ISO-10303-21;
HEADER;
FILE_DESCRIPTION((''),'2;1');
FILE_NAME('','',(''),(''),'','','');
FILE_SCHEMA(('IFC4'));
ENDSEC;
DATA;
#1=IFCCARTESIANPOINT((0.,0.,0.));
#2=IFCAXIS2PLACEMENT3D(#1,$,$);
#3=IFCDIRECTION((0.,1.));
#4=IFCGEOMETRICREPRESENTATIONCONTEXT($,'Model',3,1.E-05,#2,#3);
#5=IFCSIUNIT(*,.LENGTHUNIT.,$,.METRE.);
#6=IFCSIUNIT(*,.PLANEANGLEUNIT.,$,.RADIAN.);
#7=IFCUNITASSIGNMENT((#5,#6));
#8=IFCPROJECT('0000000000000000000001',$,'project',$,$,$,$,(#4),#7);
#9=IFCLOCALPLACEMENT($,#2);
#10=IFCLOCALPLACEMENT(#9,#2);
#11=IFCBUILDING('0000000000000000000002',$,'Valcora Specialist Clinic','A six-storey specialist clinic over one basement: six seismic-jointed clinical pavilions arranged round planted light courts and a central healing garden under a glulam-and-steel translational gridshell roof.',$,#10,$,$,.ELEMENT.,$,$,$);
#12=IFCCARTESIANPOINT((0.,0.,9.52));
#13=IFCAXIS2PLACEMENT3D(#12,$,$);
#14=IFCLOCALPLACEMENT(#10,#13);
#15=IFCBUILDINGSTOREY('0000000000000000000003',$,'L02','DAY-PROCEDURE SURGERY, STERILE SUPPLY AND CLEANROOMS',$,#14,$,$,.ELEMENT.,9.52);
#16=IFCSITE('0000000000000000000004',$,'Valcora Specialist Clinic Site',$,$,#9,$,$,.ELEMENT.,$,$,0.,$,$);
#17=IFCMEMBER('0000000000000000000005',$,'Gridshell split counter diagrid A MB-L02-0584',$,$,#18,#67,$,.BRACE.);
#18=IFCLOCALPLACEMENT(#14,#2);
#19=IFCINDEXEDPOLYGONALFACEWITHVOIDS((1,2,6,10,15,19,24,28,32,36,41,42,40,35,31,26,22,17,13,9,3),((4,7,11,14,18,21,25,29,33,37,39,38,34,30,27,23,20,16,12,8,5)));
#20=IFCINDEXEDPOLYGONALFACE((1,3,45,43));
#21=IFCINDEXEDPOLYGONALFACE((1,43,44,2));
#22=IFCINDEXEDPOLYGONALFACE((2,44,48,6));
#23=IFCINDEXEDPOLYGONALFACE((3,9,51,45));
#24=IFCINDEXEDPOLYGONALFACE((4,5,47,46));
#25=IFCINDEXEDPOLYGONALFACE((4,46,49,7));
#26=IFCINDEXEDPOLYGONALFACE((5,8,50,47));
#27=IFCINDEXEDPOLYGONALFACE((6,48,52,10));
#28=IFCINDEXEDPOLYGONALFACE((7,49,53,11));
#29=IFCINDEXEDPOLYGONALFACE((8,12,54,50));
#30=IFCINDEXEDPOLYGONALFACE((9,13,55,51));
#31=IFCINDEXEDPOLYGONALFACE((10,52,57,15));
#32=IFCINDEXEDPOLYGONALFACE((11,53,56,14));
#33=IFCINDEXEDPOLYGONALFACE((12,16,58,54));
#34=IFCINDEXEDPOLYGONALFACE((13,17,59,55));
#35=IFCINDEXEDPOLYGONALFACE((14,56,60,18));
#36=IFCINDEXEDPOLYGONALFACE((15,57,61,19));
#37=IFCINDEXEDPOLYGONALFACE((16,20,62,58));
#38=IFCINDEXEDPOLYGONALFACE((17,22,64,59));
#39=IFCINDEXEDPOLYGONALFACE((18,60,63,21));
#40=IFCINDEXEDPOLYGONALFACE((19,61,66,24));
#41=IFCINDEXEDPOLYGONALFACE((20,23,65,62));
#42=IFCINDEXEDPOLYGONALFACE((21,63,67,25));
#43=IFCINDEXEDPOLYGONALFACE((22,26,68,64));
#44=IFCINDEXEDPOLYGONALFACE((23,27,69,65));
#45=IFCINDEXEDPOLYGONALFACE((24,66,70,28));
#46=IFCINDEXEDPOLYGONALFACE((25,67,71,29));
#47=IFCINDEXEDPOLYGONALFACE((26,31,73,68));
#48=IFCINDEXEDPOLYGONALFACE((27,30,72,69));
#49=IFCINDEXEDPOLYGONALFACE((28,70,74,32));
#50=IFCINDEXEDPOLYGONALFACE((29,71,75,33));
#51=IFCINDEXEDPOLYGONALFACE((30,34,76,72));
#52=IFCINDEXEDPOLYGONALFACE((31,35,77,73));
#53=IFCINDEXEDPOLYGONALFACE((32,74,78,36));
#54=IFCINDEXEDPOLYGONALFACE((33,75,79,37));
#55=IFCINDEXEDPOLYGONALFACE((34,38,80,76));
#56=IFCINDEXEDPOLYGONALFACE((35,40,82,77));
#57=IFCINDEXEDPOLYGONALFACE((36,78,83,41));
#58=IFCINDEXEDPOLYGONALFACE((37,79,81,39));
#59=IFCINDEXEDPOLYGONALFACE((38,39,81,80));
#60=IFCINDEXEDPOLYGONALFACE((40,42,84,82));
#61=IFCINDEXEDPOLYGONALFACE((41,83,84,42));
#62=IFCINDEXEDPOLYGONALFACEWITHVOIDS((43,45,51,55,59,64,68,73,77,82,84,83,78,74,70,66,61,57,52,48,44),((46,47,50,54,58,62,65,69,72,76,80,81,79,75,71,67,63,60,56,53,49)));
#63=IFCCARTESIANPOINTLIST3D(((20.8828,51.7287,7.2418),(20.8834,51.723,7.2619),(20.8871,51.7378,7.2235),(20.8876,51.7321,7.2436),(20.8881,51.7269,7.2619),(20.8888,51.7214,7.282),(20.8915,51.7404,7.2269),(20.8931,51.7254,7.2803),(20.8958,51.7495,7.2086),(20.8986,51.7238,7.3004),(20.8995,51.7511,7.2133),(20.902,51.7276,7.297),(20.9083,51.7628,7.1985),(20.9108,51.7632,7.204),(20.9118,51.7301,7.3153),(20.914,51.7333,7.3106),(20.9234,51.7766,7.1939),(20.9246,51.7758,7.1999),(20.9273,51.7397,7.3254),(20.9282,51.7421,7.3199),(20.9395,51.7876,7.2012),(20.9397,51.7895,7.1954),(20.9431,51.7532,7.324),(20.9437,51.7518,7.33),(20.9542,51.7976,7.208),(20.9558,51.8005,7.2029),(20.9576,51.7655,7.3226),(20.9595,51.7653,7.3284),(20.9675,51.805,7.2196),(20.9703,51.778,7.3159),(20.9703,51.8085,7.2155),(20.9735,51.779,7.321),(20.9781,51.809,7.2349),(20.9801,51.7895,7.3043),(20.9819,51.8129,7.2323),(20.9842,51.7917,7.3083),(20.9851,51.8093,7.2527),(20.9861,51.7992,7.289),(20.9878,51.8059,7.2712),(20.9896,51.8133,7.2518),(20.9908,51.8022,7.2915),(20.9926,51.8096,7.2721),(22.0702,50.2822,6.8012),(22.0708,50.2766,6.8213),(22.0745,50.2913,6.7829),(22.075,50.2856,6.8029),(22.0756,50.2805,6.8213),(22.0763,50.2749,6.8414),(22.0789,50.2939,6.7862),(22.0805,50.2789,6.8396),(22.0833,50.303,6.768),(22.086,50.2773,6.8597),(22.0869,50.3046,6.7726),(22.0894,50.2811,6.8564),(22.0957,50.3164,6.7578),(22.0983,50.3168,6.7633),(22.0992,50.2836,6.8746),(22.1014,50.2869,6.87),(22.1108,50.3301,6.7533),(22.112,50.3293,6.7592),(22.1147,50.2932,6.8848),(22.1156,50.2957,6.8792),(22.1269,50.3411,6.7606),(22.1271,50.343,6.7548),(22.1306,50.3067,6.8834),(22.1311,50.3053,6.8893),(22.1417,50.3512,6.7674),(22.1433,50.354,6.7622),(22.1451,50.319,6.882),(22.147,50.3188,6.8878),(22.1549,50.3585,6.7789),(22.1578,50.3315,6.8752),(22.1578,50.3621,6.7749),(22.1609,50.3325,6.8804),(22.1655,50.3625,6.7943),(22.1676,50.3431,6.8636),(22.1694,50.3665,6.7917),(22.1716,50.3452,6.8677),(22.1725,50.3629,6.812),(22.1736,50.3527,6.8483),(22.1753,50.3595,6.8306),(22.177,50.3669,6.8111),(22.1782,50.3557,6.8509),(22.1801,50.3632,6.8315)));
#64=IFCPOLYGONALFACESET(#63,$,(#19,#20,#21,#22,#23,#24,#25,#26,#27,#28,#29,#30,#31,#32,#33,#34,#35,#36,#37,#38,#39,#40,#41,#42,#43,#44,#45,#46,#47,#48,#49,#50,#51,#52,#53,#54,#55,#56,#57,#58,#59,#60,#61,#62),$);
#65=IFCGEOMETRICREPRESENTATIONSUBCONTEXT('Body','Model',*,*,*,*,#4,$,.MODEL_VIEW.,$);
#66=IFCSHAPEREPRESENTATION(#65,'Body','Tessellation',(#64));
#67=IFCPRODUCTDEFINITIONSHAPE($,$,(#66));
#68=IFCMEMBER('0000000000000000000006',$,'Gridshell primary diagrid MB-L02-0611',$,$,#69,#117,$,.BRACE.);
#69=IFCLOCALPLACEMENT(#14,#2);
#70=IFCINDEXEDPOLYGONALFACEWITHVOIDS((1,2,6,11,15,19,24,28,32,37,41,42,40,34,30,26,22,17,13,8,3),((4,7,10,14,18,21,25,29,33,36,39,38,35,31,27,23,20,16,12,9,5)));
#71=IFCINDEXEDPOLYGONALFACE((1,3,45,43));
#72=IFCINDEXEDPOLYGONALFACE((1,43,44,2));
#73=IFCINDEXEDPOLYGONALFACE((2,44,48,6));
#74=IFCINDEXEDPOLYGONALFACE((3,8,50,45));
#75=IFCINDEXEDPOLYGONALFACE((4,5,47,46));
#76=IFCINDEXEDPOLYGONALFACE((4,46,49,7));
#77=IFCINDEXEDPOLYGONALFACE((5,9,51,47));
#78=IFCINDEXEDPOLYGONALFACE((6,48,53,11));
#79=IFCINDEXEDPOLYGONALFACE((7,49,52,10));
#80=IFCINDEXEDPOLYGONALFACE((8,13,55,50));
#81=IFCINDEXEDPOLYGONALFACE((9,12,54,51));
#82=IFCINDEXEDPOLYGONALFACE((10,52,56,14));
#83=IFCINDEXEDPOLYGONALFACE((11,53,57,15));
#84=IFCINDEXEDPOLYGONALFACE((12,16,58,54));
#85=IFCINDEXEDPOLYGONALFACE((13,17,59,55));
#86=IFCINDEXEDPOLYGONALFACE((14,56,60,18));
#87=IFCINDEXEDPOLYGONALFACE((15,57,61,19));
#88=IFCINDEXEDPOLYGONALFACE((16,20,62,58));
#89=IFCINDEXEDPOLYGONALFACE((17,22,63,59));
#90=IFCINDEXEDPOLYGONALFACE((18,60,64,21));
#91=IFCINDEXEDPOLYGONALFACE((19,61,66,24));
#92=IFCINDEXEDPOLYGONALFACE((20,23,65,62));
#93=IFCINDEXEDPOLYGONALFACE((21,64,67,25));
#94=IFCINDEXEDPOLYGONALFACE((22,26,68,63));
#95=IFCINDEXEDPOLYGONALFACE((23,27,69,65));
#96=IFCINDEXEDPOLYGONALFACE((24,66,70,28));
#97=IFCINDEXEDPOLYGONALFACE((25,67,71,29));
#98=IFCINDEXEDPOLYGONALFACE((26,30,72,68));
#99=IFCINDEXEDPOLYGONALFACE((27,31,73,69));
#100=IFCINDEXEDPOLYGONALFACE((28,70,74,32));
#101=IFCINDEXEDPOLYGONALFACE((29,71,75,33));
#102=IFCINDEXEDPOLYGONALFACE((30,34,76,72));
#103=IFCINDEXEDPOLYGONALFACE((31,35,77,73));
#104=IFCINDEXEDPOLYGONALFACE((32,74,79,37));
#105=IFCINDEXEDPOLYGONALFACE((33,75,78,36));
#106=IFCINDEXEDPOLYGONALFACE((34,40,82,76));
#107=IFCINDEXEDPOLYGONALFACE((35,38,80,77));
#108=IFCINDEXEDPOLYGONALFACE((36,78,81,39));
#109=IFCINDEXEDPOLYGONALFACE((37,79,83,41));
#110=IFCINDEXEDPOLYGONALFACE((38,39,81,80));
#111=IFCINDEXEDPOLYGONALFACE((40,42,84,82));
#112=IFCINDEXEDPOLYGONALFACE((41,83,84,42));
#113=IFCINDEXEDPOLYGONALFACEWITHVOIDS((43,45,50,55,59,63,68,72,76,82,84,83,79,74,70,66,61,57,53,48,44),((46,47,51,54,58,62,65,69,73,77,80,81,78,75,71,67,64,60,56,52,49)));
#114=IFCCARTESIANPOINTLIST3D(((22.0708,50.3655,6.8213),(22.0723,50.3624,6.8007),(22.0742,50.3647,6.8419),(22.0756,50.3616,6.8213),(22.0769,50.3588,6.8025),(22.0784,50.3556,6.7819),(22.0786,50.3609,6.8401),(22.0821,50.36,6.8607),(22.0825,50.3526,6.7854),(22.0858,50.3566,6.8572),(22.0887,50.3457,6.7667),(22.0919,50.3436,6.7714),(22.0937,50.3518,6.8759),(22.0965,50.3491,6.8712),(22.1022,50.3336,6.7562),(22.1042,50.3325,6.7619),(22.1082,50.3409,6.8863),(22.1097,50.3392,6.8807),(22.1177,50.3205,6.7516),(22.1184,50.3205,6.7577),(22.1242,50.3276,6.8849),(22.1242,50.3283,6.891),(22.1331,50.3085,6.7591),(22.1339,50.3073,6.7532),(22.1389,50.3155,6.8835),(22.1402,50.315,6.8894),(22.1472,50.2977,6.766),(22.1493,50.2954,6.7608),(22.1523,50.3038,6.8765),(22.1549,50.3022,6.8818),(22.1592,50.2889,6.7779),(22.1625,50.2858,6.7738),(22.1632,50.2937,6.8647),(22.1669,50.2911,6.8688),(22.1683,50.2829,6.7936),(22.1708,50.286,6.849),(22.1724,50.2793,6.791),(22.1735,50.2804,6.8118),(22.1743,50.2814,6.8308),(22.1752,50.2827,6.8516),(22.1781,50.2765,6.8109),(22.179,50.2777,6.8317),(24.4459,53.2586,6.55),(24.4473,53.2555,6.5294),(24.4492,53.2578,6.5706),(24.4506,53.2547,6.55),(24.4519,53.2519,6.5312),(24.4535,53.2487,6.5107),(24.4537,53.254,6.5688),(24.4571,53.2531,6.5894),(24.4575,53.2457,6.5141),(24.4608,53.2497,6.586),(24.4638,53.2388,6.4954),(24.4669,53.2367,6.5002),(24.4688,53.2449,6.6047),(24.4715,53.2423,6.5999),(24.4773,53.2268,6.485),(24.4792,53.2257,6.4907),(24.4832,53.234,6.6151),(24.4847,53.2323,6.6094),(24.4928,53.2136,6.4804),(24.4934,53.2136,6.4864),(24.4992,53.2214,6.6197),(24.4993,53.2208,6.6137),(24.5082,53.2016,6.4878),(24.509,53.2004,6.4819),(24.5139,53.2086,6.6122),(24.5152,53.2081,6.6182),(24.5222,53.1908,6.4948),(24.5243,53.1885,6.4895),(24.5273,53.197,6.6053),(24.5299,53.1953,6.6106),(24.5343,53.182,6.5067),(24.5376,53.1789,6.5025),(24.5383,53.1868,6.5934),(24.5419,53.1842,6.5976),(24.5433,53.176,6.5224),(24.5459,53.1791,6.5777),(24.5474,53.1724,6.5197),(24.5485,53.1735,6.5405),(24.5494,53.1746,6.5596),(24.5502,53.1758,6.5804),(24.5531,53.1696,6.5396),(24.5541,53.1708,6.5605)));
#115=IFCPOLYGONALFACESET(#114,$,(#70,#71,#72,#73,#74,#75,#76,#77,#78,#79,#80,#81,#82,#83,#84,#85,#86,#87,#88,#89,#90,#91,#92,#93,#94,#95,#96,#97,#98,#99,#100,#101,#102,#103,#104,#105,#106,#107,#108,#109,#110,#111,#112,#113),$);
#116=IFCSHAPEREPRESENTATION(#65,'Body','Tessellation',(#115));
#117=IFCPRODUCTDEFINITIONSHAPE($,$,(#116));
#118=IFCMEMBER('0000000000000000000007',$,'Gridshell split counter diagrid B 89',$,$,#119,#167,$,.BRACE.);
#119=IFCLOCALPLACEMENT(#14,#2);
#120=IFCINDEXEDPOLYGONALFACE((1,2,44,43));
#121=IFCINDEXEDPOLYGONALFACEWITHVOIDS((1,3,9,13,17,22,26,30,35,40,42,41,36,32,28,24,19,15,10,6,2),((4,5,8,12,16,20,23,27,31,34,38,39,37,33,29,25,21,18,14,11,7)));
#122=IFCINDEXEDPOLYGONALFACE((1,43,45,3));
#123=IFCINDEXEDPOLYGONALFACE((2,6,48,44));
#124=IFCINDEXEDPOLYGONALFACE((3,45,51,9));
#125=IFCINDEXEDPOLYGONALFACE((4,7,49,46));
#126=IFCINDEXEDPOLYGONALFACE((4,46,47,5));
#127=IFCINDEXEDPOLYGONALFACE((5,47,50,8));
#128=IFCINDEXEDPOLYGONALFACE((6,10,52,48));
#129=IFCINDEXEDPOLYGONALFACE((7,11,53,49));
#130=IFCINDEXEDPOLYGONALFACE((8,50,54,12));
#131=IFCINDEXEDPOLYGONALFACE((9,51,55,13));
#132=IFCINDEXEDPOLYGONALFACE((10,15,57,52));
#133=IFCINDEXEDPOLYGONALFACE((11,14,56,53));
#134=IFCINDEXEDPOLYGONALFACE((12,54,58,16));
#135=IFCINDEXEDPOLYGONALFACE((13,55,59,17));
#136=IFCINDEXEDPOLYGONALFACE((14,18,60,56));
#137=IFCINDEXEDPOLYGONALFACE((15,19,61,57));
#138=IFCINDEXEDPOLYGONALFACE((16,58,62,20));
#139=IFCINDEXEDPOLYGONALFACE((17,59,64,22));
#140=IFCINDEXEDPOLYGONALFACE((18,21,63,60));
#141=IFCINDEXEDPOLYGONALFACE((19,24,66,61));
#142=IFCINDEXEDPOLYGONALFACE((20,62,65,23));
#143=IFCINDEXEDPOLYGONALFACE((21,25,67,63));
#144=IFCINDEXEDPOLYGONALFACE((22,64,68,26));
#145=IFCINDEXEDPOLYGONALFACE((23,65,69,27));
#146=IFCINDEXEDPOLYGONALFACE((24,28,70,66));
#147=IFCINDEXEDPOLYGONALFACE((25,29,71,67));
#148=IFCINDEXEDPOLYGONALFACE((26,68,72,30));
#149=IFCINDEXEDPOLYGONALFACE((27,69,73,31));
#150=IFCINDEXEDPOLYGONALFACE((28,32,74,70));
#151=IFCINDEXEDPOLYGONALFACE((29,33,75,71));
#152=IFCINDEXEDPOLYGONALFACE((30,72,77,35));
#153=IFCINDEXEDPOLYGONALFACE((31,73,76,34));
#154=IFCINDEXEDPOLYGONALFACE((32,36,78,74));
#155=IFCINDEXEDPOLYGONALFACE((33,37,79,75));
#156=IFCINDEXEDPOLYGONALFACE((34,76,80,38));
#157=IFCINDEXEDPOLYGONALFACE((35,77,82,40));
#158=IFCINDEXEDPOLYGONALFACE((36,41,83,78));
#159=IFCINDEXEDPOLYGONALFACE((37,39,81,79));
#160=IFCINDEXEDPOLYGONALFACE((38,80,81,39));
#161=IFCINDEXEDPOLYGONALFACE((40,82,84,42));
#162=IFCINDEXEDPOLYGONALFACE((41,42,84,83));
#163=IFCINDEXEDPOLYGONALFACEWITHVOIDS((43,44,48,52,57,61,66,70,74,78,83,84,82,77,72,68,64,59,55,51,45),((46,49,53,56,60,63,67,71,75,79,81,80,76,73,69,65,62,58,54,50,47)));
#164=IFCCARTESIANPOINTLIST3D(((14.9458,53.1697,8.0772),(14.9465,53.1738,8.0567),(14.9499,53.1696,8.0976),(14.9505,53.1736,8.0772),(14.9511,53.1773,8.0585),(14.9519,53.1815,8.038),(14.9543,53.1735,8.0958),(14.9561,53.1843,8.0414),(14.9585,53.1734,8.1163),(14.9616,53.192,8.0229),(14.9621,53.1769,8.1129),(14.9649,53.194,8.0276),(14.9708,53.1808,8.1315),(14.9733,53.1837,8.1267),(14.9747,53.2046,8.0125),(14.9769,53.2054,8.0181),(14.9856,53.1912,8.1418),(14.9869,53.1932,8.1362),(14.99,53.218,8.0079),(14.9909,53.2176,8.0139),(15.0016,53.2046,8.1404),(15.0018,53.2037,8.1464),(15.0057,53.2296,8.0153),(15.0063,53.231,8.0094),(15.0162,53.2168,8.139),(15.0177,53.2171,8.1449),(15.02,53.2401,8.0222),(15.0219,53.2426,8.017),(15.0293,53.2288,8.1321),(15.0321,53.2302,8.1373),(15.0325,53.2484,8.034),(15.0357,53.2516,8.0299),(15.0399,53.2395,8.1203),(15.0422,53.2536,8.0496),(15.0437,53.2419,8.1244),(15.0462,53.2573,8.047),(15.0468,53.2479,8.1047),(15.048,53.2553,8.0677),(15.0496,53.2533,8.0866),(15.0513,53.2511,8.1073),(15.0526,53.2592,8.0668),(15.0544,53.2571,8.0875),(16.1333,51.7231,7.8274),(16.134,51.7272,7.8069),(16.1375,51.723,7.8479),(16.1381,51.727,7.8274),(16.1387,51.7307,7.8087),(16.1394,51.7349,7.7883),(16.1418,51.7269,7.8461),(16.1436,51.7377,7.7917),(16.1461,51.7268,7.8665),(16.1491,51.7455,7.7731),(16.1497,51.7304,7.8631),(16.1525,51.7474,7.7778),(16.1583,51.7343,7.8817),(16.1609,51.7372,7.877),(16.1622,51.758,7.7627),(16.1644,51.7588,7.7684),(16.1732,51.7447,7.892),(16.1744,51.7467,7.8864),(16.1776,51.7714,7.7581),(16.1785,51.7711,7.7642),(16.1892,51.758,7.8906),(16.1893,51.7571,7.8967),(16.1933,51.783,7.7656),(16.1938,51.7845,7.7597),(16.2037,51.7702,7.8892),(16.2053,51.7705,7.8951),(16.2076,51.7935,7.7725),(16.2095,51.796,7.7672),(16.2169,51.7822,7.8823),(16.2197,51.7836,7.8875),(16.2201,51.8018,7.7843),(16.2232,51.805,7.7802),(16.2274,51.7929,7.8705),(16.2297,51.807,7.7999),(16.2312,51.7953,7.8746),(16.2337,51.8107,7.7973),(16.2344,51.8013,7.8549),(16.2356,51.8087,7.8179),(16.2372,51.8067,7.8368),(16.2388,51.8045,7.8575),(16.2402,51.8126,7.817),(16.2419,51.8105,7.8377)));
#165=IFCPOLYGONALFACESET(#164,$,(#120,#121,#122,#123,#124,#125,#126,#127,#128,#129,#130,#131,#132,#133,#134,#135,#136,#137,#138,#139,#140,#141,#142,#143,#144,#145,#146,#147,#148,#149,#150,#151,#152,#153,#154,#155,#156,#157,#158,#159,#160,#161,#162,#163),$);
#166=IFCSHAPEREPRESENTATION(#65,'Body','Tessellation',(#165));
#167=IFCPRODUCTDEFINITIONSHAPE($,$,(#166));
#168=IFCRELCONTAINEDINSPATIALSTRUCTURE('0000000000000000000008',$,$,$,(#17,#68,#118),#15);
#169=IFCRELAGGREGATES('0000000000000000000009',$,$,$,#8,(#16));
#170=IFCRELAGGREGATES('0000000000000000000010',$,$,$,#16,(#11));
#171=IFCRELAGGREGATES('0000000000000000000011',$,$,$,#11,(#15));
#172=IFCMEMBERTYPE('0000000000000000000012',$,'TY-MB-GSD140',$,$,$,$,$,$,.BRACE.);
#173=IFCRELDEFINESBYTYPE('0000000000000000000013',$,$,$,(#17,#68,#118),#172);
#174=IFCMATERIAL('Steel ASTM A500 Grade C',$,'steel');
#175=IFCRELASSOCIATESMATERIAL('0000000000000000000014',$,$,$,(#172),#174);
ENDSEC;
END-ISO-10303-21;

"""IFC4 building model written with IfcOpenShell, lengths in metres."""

from ifc_helpers import new_model, si_unit, direction, frame, origin, origin_2d, place, context, subcontext, project, spatial, hollow_circle, extrude, material, material_profile, profile_set, type_object, element, save


model = new_model("IFC4")

# Units and contexts
model_context = context("Model", 3, precision=1e-05, world=origin(), true_north=direction((0.0, 1.0)))
body_context = subcontext(model_context, "Body", "Model", "MODEL_VIEW")
ifc_project = project(units=[si_unit("LENGTHUNIT", "METRE"), si_unit("PLANEANGLEUNIT", "RADIAN")], contexts=[model_context])

# Site, building, storey
site_placement = place(None, origin())
site = spatial("IfcSite", under=ifc_project, at=site_placement, Name="Valcora Specialist Clinic Site", CompositionType="ELEMENT", RefElevation=0.0)
building_placement = place(site_placement, origin())
building = spatial("IfcBuilding", under=site, at=building_placement, Name="Valcora Specialist Clinic", Description="A six-storey specialist clinic over one basement: six seismic-jointed clinical pavilions arranged round planted light courts and a central healing garden under a glulam-and-steel translational gridshell roof.", CompositionType="ELEMENT")
storey_placement = place(building_placement, frame((0.0, 0.0, 9.52)))
storey = spatial("IfcBuildingStorey", under=building, at=storey_placement, Name="L02", Description="DAY-PROCEDURE SURGERY, STERILE SUPPLY AND CLEANROOMS", CompositionType="ELEMENT", Elevation=9.52)

# Members
ifc_material_1 = material(Name="Steel ASTM A500 Grade C", Category="steel")
ifc_material_profile_1 = material_profile(ifc_material_1, hollow_circle(Radius=0.0701, WallThickness=0.0061, at=origin_2d()), Name="ST-CHS-140X6")
ifc_profile_set_1 = profile_set([ifc_material_profile_1], Name="Steel ASTM A500 Grade C")
member_type_1 = type_object("IfcMemberType", Name="TY-MB-GSD140", PredefinedType="BRACE", material=ifc_profile_set_1)
member_1_placement = place(storey_placement, frame((22.125, 50.321, 6.8213), z_axis=(-0.617618, 0.752341, 0.229194), x_axis=(-0.772916, -0.634508, 0.0)))
element("IfcMember", 1, at=member_1_placement, inside=storey, type_object=member_type_1, Name="Gridshell split counter diagrid A MB-L02-0584", PredefinedType="BRACE", context=body_context, shape_type="SweptSolid", body=[
    extrude(hollow_circle(Radius=0.0701, WallThickness=0.0061, at=origin_2d()), origin(), (0.0, 0.0, 1.0), 1.9226),
])
member_2_placement = place(storey_placement, frame((22.125, 50.321, 6.8213), z_axis=(0.632849, 0.770894, -0.072275), x_axis=(-0.772916, 0.634508, 0.0)))
element("IfcMember", 2, at=member_2_placement, inside=storey, type_object=member_type_1, Name="Gridshell primary diagrid MB-L02-0611", PredefinedType="BRACE", context=body_context, shape_type="SweptSolid", body=[
    extrude(hollow_circle(Radius=0.0701, WallThickness=0.0061, at=origin_2d()), origin(), (0.0, 0.0, 1.0), 3.7529),
])
member_3_placement = place(storey_placement, frame((16.1875, 51.7676, 7.8274), z_axis=(-0.628933, 0.766124, 0.132278), x_axis=(-0.772916, -0.634508, 0.0)))
element("IfcMember", 3, at=member_3_placement, inside=storey, type_object=member_type_1, Name="Gridshell split counter diagrid B 89", PredefinedType="BRACE", context=body_context, shape_type="SweptSolid", body=[
    extrude(hollow_circle(Radius=0.0701, WallThickness=0.0061, at=origin_2d()), origin(), (0.0, 0.0, 1.0), 1.8882),
])

save(model, "model.ifc")
